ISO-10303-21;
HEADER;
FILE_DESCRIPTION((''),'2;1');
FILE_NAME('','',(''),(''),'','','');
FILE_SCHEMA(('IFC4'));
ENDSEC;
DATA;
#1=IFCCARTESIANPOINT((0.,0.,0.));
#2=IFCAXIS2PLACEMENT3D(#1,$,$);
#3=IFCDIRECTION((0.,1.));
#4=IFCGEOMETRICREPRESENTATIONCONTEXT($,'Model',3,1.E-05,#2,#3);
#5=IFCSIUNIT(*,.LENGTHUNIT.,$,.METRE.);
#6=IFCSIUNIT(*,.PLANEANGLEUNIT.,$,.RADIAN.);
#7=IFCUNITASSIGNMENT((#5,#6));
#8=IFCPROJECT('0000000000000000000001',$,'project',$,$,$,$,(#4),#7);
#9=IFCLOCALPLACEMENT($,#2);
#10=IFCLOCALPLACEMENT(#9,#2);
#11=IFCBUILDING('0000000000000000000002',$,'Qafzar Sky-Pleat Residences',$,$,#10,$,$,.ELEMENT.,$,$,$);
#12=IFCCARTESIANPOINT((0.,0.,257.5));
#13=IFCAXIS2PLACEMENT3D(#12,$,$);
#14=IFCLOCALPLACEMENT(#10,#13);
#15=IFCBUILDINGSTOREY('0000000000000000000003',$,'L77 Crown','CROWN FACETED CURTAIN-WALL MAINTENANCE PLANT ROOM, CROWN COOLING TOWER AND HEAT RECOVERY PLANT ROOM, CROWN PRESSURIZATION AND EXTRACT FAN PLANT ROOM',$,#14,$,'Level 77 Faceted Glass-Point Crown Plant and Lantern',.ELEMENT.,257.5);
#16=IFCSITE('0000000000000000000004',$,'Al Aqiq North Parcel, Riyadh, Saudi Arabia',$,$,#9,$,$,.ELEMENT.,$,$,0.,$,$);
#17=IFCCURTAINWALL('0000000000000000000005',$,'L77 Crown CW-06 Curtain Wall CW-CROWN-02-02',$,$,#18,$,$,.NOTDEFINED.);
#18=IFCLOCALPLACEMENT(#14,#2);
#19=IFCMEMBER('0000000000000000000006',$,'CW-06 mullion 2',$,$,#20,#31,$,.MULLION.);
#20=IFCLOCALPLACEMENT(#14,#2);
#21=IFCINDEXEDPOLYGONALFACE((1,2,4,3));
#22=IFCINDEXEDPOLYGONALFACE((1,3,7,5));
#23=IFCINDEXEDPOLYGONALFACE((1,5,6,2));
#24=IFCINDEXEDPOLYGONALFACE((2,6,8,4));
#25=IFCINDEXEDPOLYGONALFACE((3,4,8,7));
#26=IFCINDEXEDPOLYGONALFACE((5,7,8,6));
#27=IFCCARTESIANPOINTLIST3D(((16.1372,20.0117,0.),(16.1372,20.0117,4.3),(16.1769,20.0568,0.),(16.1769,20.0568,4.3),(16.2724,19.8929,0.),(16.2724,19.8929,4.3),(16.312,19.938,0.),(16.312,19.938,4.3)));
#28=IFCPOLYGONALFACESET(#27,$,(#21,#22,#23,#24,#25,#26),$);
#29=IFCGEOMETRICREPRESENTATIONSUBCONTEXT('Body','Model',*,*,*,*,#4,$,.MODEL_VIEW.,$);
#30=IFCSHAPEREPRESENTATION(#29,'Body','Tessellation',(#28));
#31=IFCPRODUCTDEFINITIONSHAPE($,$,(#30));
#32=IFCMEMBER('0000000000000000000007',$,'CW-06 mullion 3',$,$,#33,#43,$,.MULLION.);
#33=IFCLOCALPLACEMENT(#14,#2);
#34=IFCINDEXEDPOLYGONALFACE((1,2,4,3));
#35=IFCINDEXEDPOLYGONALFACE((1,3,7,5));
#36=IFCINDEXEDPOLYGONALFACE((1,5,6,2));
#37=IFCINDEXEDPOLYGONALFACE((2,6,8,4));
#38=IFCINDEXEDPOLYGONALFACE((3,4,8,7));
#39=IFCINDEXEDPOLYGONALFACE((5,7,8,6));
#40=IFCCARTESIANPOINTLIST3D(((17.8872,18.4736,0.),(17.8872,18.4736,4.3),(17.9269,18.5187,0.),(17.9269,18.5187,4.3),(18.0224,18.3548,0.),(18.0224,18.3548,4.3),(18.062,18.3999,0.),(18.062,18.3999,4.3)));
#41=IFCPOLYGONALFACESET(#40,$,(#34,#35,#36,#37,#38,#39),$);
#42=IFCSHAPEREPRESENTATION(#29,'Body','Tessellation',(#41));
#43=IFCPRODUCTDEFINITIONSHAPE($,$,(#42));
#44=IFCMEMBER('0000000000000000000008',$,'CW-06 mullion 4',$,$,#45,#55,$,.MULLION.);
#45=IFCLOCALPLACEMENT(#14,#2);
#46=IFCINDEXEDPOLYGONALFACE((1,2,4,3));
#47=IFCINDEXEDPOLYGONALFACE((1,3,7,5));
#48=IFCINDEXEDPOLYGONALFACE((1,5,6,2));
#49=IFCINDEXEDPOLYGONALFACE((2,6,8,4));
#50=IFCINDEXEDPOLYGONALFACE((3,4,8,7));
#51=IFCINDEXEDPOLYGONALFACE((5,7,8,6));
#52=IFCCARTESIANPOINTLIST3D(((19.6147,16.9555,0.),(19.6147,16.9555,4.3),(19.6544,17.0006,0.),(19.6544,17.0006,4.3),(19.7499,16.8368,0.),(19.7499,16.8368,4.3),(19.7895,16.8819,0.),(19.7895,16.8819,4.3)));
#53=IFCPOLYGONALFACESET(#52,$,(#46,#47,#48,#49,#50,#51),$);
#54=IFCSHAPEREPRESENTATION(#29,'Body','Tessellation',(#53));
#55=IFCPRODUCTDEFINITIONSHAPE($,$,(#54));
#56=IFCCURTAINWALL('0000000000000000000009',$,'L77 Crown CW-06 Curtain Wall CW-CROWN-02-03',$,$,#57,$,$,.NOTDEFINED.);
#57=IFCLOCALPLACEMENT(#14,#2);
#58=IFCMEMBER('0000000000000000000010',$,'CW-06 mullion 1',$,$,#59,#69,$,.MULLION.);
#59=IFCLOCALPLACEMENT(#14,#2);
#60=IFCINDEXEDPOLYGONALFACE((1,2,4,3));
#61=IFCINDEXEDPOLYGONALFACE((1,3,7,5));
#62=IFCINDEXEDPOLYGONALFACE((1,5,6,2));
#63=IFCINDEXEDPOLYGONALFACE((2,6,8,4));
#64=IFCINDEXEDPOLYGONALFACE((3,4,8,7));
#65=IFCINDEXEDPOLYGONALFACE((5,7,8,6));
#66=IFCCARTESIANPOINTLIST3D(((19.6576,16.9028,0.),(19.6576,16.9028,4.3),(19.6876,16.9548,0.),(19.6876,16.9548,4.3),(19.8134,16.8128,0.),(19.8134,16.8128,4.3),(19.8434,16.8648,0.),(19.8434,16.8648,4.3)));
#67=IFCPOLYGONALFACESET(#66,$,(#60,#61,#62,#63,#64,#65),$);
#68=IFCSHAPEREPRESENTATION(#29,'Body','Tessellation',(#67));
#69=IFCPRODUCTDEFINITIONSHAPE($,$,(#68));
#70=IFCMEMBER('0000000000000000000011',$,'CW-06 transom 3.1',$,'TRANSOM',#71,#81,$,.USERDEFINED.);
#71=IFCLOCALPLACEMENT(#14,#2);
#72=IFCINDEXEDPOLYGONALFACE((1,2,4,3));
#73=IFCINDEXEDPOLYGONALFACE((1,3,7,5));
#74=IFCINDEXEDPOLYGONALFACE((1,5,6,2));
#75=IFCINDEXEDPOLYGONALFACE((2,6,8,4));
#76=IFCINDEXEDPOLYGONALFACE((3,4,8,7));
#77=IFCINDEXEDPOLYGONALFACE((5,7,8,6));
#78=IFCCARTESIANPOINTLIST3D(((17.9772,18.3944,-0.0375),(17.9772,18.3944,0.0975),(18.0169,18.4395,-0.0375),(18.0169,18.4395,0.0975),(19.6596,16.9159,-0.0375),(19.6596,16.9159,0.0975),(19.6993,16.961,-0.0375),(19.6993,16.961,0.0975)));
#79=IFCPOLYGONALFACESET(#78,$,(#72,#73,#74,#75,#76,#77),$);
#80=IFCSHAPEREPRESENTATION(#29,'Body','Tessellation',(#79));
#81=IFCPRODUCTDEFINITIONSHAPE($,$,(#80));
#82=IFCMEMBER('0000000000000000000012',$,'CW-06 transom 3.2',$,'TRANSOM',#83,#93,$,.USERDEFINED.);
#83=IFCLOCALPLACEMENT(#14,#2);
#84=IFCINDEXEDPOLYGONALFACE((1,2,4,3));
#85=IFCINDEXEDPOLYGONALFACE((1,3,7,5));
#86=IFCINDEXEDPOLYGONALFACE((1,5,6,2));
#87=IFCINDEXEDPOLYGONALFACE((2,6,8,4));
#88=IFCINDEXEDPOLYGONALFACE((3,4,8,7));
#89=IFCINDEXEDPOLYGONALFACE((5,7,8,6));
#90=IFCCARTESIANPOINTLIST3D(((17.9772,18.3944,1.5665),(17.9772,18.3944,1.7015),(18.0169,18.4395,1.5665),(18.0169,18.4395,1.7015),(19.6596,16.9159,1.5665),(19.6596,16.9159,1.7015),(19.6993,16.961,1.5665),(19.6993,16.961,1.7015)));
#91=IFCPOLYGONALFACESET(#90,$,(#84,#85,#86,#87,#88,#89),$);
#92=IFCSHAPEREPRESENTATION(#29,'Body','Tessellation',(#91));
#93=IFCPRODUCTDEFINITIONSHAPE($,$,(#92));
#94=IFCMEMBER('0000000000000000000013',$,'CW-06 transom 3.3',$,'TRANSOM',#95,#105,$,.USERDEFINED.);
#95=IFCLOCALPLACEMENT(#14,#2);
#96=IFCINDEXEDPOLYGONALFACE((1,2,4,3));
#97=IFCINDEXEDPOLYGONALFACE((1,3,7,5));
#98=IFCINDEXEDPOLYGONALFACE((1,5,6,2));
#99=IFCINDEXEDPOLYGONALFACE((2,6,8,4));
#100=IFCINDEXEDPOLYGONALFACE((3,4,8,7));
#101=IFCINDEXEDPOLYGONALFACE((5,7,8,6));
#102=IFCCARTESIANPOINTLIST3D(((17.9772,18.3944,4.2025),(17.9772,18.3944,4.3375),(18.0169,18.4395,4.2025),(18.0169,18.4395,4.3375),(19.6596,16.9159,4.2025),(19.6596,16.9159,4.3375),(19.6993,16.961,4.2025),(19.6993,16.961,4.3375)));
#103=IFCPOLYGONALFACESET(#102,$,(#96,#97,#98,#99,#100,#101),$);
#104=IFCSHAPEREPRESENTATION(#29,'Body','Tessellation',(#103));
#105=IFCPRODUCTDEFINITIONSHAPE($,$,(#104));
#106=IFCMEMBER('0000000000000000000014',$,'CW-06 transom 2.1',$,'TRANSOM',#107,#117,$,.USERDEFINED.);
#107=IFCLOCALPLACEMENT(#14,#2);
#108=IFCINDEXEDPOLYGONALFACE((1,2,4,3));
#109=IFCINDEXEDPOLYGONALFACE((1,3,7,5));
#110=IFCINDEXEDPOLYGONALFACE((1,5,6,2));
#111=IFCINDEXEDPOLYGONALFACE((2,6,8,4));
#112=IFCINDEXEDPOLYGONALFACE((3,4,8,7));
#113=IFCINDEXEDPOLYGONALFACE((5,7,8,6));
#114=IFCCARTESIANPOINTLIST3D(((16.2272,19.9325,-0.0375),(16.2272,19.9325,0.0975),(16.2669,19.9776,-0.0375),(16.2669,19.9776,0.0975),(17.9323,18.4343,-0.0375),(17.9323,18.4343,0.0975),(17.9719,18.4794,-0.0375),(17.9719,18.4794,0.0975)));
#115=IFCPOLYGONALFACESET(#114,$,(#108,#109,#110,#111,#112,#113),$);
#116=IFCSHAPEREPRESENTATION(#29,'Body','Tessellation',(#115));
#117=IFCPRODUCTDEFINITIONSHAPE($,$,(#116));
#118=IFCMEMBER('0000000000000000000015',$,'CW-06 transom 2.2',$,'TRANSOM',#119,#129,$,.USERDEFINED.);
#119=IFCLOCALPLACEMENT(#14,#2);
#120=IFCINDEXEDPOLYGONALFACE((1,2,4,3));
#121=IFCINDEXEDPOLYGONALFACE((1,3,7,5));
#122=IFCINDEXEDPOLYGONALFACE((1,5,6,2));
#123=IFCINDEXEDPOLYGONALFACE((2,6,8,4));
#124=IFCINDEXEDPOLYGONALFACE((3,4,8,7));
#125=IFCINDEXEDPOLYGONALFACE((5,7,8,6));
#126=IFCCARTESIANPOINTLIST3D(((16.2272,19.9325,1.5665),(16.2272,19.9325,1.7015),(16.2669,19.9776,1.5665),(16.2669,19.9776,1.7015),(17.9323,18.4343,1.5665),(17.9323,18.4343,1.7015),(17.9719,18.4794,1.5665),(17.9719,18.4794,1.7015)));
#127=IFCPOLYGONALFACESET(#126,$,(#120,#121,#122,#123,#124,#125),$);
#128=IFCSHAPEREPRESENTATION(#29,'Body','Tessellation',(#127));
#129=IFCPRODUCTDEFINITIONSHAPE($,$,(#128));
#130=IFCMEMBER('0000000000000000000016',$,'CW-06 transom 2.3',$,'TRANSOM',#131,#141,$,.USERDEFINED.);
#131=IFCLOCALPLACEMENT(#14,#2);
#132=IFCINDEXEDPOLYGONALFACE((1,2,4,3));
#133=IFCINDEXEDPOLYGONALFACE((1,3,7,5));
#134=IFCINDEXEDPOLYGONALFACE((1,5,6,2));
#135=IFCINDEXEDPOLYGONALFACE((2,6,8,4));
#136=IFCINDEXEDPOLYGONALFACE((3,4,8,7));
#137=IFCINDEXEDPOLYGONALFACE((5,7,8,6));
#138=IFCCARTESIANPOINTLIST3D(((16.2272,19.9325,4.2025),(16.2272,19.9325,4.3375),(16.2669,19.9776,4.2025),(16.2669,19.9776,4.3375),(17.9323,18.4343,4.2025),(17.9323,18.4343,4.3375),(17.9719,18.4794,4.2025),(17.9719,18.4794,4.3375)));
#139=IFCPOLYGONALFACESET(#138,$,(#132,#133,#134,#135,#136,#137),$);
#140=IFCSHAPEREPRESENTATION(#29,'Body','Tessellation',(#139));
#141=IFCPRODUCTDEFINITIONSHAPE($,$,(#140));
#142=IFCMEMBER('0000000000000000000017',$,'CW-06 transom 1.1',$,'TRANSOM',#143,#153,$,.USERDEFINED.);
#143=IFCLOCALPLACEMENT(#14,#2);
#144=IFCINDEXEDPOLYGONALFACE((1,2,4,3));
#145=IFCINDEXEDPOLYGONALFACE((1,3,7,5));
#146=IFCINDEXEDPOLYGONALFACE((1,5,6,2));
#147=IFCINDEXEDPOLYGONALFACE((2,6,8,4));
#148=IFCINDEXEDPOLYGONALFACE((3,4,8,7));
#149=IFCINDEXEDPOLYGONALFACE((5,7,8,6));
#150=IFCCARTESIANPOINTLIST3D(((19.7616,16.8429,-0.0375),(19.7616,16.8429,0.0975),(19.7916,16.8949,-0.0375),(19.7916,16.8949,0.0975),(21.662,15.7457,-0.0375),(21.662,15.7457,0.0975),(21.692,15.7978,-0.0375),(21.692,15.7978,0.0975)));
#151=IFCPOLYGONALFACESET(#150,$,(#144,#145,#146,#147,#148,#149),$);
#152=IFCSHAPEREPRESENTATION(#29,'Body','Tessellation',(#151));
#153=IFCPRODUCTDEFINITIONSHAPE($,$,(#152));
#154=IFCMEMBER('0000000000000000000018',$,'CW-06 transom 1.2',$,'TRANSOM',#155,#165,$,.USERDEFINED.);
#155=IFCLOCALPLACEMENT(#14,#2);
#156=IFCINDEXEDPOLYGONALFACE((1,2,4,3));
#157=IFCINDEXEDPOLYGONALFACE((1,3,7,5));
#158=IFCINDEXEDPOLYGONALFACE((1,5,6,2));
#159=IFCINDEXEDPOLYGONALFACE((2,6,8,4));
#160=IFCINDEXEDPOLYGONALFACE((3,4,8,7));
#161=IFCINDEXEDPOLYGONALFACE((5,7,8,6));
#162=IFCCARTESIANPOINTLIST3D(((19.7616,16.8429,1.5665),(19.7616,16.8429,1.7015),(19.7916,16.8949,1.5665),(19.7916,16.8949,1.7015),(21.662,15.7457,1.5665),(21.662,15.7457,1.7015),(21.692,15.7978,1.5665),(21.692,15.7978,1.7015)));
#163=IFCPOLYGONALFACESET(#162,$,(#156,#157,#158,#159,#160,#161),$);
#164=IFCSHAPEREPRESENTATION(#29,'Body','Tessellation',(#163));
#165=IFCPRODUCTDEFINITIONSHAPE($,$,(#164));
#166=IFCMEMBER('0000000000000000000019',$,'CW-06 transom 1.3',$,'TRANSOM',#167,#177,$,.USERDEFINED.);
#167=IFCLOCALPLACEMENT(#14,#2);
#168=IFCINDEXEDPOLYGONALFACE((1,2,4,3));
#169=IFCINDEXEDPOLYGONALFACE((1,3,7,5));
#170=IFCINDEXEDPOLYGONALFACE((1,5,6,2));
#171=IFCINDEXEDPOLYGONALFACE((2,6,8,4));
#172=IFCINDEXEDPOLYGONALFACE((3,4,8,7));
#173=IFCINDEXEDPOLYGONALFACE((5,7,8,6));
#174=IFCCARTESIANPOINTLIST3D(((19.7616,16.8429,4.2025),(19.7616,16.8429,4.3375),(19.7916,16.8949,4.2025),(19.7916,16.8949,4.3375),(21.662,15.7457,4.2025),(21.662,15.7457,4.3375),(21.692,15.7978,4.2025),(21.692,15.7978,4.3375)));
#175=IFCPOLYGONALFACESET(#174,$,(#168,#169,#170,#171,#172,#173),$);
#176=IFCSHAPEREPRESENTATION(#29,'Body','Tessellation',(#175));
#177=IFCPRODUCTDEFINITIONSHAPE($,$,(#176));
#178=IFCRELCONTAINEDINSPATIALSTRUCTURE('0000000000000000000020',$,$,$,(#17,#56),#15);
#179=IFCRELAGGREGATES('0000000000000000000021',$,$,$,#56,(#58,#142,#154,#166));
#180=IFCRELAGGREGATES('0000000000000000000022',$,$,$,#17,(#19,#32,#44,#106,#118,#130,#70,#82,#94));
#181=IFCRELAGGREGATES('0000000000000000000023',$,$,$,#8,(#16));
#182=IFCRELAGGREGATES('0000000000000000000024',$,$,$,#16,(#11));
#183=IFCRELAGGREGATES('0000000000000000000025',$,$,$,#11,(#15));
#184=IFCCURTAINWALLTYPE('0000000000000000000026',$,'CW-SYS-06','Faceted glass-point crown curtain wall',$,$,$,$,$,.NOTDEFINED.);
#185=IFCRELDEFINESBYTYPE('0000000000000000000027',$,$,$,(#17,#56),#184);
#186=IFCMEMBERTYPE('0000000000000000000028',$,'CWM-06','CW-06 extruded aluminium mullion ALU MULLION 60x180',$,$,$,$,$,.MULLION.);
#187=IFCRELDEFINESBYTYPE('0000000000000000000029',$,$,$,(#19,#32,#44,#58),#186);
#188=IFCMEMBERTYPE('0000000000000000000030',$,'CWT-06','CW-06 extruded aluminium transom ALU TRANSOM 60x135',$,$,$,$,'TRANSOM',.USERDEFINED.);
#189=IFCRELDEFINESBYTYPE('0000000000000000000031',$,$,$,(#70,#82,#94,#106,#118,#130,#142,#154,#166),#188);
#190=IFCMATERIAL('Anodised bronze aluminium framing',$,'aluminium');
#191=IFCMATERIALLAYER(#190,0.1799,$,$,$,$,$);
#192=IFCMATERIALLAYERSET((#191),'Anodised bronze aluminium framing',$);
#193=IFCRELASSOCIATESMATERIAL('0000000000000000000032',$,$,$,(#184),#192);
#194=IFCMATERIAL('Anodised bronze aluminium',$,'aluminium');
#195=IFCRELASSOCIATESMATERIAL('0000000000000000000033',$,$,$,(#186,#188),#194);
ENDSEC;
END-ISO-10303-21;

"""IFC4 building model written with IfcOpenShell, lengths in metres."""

from ifc_helpers import new_model, si_unit, direction, frame, origin, origin_2d, place, context, subcontext, project, spatial, rectangle, extrude, source, transform, mapped, material, layer, layer_set, material_profile, profile_set, type_object, element, aggregate, save


model = new_model("IFC4")

# Units and contexts
model_context = context("Model", 3, precision=1e-05, world=origin(), true_north=direction((0.0, 1.0)))
body_context = subcontext(model_context, "Body", "Model", "MODEL_VIEW")
ifc_project = project(units=[si_unit("LENGTHUNIT", "METRE"), si_unit("PLANEANGLEUNIT", "RADIAN")], contexts=[model_context])

# Site, building, storey
site_placement = place(None, origin())
site = spatial("IfcSite", under=ifc_project, at=site_placement, Name="Al Aqiq North Parcel, Riyadh, Saudi Arabia", CompositionType="ELEMENT", RefElevation=0.0)
building_placement = place(site_placement, origin())
building = spatial("IfcBuilding", under=site, at=building_placement, Name="Qafzar Sky-Pleat Residences", CompositionType="ELEMENT")
storey_placement = place(building_placement, frame((0.0, 0.0, 257.5)))
storey = spatial("IfcBuildingStorey", under=building, at=storey_placement, Name="L77 Crown", Description="CROWN FACETED CURTAIN-WALL MAINTENANCE PLANT ROOM, CROWN COOLING TOWER AND HEAT RECOVERY PLANT ROOM, CROWN PRESSURIZATION AND EXTRACT FAN PLANT ROOM", LongName="Level 77 Faceted Glass-Point Crown Plant and Lantern", CompositionType="ELEMENT", Elevation=257.5)

# Curtain wall, members
ifc_material_1 = material(Name="Anodised bronze aluminium framing", Category="aluminium")
ifc_layer_1 = layer(ifc_material_1, 0.1799)
ifc_layer_set_1 = layer_set([ifc_layer_1], Name="Anodised bronze aluminium framing")
curtain_wall_type = type_object("IfcCurtainWallType", Name="CW-SYS-06", Description="Faceted glass-point crown curtain wall", PredefinedType="NOTDEFINED", material=ifc_layer_set_1)
curtain_wall_1_placement = place(storey_placement, origin())
curtain_wall_1 = element("IfcCurtainWall", 1, at=curtain_wall_1_placement, inside=storey, type_object=curtain_wall_type, Name="L77 Crown CW-06 Curtain Wall CW-CROWN-02-02", PredefinedType="NOTDEFINED")
ifc_material_2 = material(Name="Anodised bronze aluminium", Category="aluminium")
ifc_material_profile_1 = material_profile(ifc_material_2, rectangle(XDim=0.0601, YDim=0.1799, at=origin_2d()), Name="ALU MULLION 60x180")
ifc_profile_set_1 = profile_set([ifc_material_profile_1], Name="Anodised bronze aluminium")
member_type_1 = type_object("IfcMemberType", Name="CWM-06", Description="CW-06 extruded aluminium mullion ALU MULLION 60x180", PredefinedType="MULLION", material=ifc_profile_set_1)
shared_shape_1 = source(origin(), body_context, "Body", "SweptSolid", [
    extrude(rectangle(XDim=0.0601, YDim=0.1799, at=origin_2d()), origin(), (0.0, 0.0, 1.0), 4.3),
])
member_1_placement = place(storey_placement, frame((16.2246, 19.9749, 0.0), z_axis=(0.0, 0.0, 1.0), x_axis=(0.660129, 0.751152, 0.0)))
member_1 = element("IfcMember", 2, at=member_1_placement, type_object=member_type_1, Name="CW-06 mullion 2", PredefinedType="MULLION", context=body_context, shape_type="MappedRepresentation", body=[
    mapped(shared_shape_1, transform((0.0, 0.0, 0.0), x_axis=(1.0, 0.0, 0.0), y_axis=(0.0, 1.0, 0.0), z_axis=(0.0, 0.0, 1.0), scale=1.0)),
])
member_2_placement = place(storey_placement, frame((17.9746, 18.4368, 0.0), z_axis=(0.0, 0.0, 1.0), x_axis=(0.660129, 0.751152, 0.0)))
member_2 = element("IfcMember", 3, at=member_2_placement, type_object=member_type_1, Name="CW-06 mullion 3", PredefinedType="MULLION", context=body_context, shape_type="MappedRepresentation", body=[
    mapped(shared_shape_1, transform((0.0, 0.0, 0.0), x_axis=(1.0, 0.0, 0.0), y_axis=(0.0, 1.0, 0.0), z_axis=(0.0, 0.0, 1.0), scale=1.0)),
])
member_3_placement = place(storey_placement, frame((19.7021, 16.9187, 0.0), z_axis=(0.0, 0.0, 1.0), x_axis=(0.660129, 0.751152, 0.0)))
member_3 = element("IfcMember", 4, at=member_3_placement, type_object=member_type_1, Name="CW-06 mullion 4", PredefinedType="MULLION", context=body_context, shape_type="MappedRepresentation", body=[
    mapped(shared_shape_1, transform((0.0, 0.0, 0.0), x_axis=(1.0, 0.0, 0.0), y_axis=(0.0, 1.0, 0.0), z_axis=(0.0, 0.0, 1.0), scale=1.0)),
])

# Curtain wall, member
curtain_wall_2_placement = place(storey_placement, origin())
curtain_wall_2 = element("IfcCurtainWall", 5, at=curtain_wall_2_placement, inside=storey, type_object=curtain_wall_type, Name="L77 Crown CW-06 Curtain Wall CW-CROWN-02-03", PredefinedType="NOTDEFINED")
member_4_placement = place(storey_placement, frame((19.7505, 16.8838, 0.0), z_axis=(0.0, 0.0, 1.0), x_axis=(0.499999, 0.866026, 0.0)))
member_4 = element("IfcMember", 6, at=member_4_placement, type_object=member_type_1, Name="CW-06 mullion 1", PredefinedType="MULLION", context=body_context, shape_type="MappedRepresentation", body=[
    mapped(shared_shape_1, transform((0.0, 0.0, 0.0), x_axis=(1.0, 0.0, 0.0), y_axis=(0.0, 1.0, 0.0), z_axis=(0.0, 0.0, 1.0), scale=1.0)),
])

# Members
ifc_material_profile_2 = material_profile(ifc_material_2, rectangle(XDim=0.0601, YDim=0.135, at=origin_2d()), Name="ALU TRANSOM 60x135")
ifc_profile_set_2 = profile_set([ifc_material_profile_2], Name="Anodised bronze aluminium")
member_type_2 = type_object("IfcMemberType", Name="CWT-06", Description="CW-06 extruded aluminium transom ALU TRANSOM 60x135", ElementType="TRANSOM", PredefinedType="USERDEFINED", material=ifc_profile_set_2)
shared_shape_2 = source(origin(), body_context, "Body", "SweptSolid", [
    extrude(rectangle(XDim=0.0601, YDim=0.135, at=origin_2d()), origin(), (0.0, 0.0, 1.0), 2.2397),
])
member_5_placement = place(storey_placement, frame((17.9971, 18.417, 0.03), z_axis=(0.75115, -0.660131, 0.0), x_axis=(0.660131, 0.75115, 0.0)))
member_5 = element("IfcMember", 7, at=member_5_placement, type_object=member_type_2, Name="CW-06 transom 3.1", ObjectType="TRANSOM", PredefinedType="USERDEFINED", context=body_context, shape_type="MappedRepresentation", body=[
    mapped(shared_shape_2, transform((0.0, 0.0, 0.0), x_axis=(1.0, 0.0, 0.0), y_axis=(0.0, 1.0, 0.0), z_axis=(0.0, 0.0, 1.0), scale=1.0)),
])
member_6_placement = place(storey_placement, frame((17.9971, 18.417, 1.634), z_axis=(0.75115, -0.660131, 0.0), x_axis=(0.660131, 0.75115, 0.0)))
member_6 = element("IfcMember", 8, at=member_6_placement, type_object=member_type_2, Name="CW-06 transom 3.2", ObjectType="TRANSOM", PredefinedType="USERDEFINED", context=body_context, shape_type="MappedRepresentation", body=[
    mapped(shared_shape_2, transform((0.0, 0.0, 0.0), x_axis=(1.0, 0.0, 0.0), y_axis=(0.0, 1.0, 0.0), z_axis=(0.0, 0.0, 1.0), scale=1.0)),
])
member_7_placement = place(storey_placement, frame((17.9971, 18.417, 4.27), z_axis=(0.75115, -0.660131, 0.0), x_axis=(0.660131, 0.75115, 0.0)))
member_7 = element("IfcMember", 9, at=member_7_placement, type_object=member_type_2, Name="CW-06 transom 3.3", ObjectType="TRANSOM", PredefinedType="USERDEFINED", context=body_context, shape_type="MappedRepresentation", body=[
    mapped(shared_shape_2, transform((0.0, 0.0, 0.0), x_axis=(1.0, 0.0, 0.0), y_axis=(0.0, 1.0, 0.0), z_axis=(0.0, 0.0, 1.0), scale=1.0)),
])
shared_shape_3 = source(origin(), body_context, "Body", "SweptSolid", [
    extrude(rectangle(XDim=0.0601, YDim=0.135, at=origin_2d()), origin(), (0.0, 0.0, 1.0), 2.2698),
])
member_8_placement = place(storey_placement, frame((16.2471, 19.9551, 0.03), z_axis=(0.751189, -0.660087, 0.0), x_axis=(0.660087, 0.751189, 0.0)))
member_8 = element("IfcMember", 10, at=member_8_placement, type_object=member_type_2, Name="CW-06 transom 2.1", ObjectType="TRANSOM", PredefinedType="USERDEFINED", context=body_context, shape_type="MappedRepresentation", body=[
    mapped(shared_shape_3, transform((0.0, 0.0, 0.0), x_axis=(1.0, 0.0, 0.0), y_axis=(0.0, 1.0, 0.0), z_axis=(0.0, 0.0, 1.0), scale=1.0)),
])
member_9_placement = place(storey_placement, frame((16.2471, 19.9551, 1.634), z_axis=(0.751189, -0.660087, 0.0), x_axis=(0.660087, 0.751189, 0.0)))
member_9 = element("IfcMember", 11, at=member_9_placement, type_object=member_type_2, Name="CW-06 transom 2.2", ObjectType="TRANSOM", PredefinedType="USERDEFINED", context=body_context, shape_type="MappedRepresentation", body=[
    mapped(shared_shape_3, transform((0.0, 0.0, 0.0), x_axis=(1.0, 0.0, 0.0), y_axis=(0.0, 1.0, 0.0), z_axis=(0.0, 0.0, 1.0), scale=1.0)),
])
member_10_placement = place(storey_placement, frame((16.2471, 19.9551, 4.27), z_axis=(0.751189, -0.660087, 0.0), x_axis=(0.660087, 0.751189, 0.0)))
member_10 = element("IfcMember", 12, at=member_10_placement, type_object=member_type_2, Name="CW-06 transom 2.3", ObjectType="TRANSOM", PredefinedType="USERDEFINED", context=body_context, shape_type="MappedRepresentation", body=[
    mapped(shared_shape_3, transform((0.0, 0.0, 0.0), x_axis=(1.0, 0.0, 0.0), y_axis=(0.0, 1.0, 0.0), z_axis=(0.0, 0.0, 1.0), scale=1.0)),
])
shared_shape_4 = source(origin(), body_context, "Body", "SweptSolid", [
    extrude(rectangle(XDim=0.0601, YDim=0.135, at=origin_2d()), origin(), (0.0, 0.0, 1.0), 2.1943),
])
member_11_placement = place(storey_placement, frame((19.7766, 16.8689, 0.03), z_axis=(0.86603, -0.499992, 0.0), x_axis=(0.499992, 0.86603, 0.0)))
member_11 = element("IfcMember", 13, at=member_11_placement, type_object=member_type_2, Name="CW-06 transom 1.1", ObjectType="TRANSOM", PredefinedType="USERDEFINED", context=body_context, shape_type="MappedRepresentation", body=[
    mapped(shared_shape_4, transform((0.0, 0.0, 0.0), x_axis=(1.0, 0.0, 0.0), y_axis=(0.0, 1.0, 0.0), z_axis=(0.0, 0.0, 1.0), scale=1.0)),
])
member_12_placement = place(storey_placement, frame((19.7766, 16.8689, 1.634), z_axis=(0.86603, -0.499992, 0.0), x_axis=(0.499992, 0.86603, 0.0)))
member_12 = element("IfcMember", 14, at=member_12_placement, type_object=member_type_2, Name="CW-06 transom 1.2", ObjectType="TRANSOM", PredefinedType="USERDEFINED", context=body_context, shape_type="MappedRepresentation", body=[
    mapped(shared_shape_4, transform((0.0, 0.0, 0.0), x_axis=(1.0, 0.0, 0.0), y_axis=(0.0, 1.0, 0.0), z_axis=(0.0, 0.0, 1.0), scale=1.0)),
])
member_13_placement = place(storey_placement, frame((19.7766, 16.8689, 4.27), z_axis=(0.86603, -0.499992, 0.0), x_axis=(0.499992, 0.86603, 0.0)))
member_13 = element("IfcMember", 15, at=member_13_placement, type_object=member_type_2, Name="CW-06 transom 1.3", ObjectType="TRANSOM", PredefinedType="USERDEFINED", context=body_context, shape_type="MappedRepresentation", body=[
    mapped(shared_shape_4, transform((0.0, 0.0, 0.0), x_axis=(1.0, 0.0, 0.0), y_axis=(0.0, 1.0, 0.0), z_axis=(0.0, 0.0, 1.0), scale=1.0)),
])
aggregate(curtain_wall_2, [member_4, member_11, member_12, member_13])

aggregate(curtain_wall_1, [member_1, member_2, member_3, member_8, member_9, member_10, member_5, member_6, member_7])

save(model, "model.ifc")
